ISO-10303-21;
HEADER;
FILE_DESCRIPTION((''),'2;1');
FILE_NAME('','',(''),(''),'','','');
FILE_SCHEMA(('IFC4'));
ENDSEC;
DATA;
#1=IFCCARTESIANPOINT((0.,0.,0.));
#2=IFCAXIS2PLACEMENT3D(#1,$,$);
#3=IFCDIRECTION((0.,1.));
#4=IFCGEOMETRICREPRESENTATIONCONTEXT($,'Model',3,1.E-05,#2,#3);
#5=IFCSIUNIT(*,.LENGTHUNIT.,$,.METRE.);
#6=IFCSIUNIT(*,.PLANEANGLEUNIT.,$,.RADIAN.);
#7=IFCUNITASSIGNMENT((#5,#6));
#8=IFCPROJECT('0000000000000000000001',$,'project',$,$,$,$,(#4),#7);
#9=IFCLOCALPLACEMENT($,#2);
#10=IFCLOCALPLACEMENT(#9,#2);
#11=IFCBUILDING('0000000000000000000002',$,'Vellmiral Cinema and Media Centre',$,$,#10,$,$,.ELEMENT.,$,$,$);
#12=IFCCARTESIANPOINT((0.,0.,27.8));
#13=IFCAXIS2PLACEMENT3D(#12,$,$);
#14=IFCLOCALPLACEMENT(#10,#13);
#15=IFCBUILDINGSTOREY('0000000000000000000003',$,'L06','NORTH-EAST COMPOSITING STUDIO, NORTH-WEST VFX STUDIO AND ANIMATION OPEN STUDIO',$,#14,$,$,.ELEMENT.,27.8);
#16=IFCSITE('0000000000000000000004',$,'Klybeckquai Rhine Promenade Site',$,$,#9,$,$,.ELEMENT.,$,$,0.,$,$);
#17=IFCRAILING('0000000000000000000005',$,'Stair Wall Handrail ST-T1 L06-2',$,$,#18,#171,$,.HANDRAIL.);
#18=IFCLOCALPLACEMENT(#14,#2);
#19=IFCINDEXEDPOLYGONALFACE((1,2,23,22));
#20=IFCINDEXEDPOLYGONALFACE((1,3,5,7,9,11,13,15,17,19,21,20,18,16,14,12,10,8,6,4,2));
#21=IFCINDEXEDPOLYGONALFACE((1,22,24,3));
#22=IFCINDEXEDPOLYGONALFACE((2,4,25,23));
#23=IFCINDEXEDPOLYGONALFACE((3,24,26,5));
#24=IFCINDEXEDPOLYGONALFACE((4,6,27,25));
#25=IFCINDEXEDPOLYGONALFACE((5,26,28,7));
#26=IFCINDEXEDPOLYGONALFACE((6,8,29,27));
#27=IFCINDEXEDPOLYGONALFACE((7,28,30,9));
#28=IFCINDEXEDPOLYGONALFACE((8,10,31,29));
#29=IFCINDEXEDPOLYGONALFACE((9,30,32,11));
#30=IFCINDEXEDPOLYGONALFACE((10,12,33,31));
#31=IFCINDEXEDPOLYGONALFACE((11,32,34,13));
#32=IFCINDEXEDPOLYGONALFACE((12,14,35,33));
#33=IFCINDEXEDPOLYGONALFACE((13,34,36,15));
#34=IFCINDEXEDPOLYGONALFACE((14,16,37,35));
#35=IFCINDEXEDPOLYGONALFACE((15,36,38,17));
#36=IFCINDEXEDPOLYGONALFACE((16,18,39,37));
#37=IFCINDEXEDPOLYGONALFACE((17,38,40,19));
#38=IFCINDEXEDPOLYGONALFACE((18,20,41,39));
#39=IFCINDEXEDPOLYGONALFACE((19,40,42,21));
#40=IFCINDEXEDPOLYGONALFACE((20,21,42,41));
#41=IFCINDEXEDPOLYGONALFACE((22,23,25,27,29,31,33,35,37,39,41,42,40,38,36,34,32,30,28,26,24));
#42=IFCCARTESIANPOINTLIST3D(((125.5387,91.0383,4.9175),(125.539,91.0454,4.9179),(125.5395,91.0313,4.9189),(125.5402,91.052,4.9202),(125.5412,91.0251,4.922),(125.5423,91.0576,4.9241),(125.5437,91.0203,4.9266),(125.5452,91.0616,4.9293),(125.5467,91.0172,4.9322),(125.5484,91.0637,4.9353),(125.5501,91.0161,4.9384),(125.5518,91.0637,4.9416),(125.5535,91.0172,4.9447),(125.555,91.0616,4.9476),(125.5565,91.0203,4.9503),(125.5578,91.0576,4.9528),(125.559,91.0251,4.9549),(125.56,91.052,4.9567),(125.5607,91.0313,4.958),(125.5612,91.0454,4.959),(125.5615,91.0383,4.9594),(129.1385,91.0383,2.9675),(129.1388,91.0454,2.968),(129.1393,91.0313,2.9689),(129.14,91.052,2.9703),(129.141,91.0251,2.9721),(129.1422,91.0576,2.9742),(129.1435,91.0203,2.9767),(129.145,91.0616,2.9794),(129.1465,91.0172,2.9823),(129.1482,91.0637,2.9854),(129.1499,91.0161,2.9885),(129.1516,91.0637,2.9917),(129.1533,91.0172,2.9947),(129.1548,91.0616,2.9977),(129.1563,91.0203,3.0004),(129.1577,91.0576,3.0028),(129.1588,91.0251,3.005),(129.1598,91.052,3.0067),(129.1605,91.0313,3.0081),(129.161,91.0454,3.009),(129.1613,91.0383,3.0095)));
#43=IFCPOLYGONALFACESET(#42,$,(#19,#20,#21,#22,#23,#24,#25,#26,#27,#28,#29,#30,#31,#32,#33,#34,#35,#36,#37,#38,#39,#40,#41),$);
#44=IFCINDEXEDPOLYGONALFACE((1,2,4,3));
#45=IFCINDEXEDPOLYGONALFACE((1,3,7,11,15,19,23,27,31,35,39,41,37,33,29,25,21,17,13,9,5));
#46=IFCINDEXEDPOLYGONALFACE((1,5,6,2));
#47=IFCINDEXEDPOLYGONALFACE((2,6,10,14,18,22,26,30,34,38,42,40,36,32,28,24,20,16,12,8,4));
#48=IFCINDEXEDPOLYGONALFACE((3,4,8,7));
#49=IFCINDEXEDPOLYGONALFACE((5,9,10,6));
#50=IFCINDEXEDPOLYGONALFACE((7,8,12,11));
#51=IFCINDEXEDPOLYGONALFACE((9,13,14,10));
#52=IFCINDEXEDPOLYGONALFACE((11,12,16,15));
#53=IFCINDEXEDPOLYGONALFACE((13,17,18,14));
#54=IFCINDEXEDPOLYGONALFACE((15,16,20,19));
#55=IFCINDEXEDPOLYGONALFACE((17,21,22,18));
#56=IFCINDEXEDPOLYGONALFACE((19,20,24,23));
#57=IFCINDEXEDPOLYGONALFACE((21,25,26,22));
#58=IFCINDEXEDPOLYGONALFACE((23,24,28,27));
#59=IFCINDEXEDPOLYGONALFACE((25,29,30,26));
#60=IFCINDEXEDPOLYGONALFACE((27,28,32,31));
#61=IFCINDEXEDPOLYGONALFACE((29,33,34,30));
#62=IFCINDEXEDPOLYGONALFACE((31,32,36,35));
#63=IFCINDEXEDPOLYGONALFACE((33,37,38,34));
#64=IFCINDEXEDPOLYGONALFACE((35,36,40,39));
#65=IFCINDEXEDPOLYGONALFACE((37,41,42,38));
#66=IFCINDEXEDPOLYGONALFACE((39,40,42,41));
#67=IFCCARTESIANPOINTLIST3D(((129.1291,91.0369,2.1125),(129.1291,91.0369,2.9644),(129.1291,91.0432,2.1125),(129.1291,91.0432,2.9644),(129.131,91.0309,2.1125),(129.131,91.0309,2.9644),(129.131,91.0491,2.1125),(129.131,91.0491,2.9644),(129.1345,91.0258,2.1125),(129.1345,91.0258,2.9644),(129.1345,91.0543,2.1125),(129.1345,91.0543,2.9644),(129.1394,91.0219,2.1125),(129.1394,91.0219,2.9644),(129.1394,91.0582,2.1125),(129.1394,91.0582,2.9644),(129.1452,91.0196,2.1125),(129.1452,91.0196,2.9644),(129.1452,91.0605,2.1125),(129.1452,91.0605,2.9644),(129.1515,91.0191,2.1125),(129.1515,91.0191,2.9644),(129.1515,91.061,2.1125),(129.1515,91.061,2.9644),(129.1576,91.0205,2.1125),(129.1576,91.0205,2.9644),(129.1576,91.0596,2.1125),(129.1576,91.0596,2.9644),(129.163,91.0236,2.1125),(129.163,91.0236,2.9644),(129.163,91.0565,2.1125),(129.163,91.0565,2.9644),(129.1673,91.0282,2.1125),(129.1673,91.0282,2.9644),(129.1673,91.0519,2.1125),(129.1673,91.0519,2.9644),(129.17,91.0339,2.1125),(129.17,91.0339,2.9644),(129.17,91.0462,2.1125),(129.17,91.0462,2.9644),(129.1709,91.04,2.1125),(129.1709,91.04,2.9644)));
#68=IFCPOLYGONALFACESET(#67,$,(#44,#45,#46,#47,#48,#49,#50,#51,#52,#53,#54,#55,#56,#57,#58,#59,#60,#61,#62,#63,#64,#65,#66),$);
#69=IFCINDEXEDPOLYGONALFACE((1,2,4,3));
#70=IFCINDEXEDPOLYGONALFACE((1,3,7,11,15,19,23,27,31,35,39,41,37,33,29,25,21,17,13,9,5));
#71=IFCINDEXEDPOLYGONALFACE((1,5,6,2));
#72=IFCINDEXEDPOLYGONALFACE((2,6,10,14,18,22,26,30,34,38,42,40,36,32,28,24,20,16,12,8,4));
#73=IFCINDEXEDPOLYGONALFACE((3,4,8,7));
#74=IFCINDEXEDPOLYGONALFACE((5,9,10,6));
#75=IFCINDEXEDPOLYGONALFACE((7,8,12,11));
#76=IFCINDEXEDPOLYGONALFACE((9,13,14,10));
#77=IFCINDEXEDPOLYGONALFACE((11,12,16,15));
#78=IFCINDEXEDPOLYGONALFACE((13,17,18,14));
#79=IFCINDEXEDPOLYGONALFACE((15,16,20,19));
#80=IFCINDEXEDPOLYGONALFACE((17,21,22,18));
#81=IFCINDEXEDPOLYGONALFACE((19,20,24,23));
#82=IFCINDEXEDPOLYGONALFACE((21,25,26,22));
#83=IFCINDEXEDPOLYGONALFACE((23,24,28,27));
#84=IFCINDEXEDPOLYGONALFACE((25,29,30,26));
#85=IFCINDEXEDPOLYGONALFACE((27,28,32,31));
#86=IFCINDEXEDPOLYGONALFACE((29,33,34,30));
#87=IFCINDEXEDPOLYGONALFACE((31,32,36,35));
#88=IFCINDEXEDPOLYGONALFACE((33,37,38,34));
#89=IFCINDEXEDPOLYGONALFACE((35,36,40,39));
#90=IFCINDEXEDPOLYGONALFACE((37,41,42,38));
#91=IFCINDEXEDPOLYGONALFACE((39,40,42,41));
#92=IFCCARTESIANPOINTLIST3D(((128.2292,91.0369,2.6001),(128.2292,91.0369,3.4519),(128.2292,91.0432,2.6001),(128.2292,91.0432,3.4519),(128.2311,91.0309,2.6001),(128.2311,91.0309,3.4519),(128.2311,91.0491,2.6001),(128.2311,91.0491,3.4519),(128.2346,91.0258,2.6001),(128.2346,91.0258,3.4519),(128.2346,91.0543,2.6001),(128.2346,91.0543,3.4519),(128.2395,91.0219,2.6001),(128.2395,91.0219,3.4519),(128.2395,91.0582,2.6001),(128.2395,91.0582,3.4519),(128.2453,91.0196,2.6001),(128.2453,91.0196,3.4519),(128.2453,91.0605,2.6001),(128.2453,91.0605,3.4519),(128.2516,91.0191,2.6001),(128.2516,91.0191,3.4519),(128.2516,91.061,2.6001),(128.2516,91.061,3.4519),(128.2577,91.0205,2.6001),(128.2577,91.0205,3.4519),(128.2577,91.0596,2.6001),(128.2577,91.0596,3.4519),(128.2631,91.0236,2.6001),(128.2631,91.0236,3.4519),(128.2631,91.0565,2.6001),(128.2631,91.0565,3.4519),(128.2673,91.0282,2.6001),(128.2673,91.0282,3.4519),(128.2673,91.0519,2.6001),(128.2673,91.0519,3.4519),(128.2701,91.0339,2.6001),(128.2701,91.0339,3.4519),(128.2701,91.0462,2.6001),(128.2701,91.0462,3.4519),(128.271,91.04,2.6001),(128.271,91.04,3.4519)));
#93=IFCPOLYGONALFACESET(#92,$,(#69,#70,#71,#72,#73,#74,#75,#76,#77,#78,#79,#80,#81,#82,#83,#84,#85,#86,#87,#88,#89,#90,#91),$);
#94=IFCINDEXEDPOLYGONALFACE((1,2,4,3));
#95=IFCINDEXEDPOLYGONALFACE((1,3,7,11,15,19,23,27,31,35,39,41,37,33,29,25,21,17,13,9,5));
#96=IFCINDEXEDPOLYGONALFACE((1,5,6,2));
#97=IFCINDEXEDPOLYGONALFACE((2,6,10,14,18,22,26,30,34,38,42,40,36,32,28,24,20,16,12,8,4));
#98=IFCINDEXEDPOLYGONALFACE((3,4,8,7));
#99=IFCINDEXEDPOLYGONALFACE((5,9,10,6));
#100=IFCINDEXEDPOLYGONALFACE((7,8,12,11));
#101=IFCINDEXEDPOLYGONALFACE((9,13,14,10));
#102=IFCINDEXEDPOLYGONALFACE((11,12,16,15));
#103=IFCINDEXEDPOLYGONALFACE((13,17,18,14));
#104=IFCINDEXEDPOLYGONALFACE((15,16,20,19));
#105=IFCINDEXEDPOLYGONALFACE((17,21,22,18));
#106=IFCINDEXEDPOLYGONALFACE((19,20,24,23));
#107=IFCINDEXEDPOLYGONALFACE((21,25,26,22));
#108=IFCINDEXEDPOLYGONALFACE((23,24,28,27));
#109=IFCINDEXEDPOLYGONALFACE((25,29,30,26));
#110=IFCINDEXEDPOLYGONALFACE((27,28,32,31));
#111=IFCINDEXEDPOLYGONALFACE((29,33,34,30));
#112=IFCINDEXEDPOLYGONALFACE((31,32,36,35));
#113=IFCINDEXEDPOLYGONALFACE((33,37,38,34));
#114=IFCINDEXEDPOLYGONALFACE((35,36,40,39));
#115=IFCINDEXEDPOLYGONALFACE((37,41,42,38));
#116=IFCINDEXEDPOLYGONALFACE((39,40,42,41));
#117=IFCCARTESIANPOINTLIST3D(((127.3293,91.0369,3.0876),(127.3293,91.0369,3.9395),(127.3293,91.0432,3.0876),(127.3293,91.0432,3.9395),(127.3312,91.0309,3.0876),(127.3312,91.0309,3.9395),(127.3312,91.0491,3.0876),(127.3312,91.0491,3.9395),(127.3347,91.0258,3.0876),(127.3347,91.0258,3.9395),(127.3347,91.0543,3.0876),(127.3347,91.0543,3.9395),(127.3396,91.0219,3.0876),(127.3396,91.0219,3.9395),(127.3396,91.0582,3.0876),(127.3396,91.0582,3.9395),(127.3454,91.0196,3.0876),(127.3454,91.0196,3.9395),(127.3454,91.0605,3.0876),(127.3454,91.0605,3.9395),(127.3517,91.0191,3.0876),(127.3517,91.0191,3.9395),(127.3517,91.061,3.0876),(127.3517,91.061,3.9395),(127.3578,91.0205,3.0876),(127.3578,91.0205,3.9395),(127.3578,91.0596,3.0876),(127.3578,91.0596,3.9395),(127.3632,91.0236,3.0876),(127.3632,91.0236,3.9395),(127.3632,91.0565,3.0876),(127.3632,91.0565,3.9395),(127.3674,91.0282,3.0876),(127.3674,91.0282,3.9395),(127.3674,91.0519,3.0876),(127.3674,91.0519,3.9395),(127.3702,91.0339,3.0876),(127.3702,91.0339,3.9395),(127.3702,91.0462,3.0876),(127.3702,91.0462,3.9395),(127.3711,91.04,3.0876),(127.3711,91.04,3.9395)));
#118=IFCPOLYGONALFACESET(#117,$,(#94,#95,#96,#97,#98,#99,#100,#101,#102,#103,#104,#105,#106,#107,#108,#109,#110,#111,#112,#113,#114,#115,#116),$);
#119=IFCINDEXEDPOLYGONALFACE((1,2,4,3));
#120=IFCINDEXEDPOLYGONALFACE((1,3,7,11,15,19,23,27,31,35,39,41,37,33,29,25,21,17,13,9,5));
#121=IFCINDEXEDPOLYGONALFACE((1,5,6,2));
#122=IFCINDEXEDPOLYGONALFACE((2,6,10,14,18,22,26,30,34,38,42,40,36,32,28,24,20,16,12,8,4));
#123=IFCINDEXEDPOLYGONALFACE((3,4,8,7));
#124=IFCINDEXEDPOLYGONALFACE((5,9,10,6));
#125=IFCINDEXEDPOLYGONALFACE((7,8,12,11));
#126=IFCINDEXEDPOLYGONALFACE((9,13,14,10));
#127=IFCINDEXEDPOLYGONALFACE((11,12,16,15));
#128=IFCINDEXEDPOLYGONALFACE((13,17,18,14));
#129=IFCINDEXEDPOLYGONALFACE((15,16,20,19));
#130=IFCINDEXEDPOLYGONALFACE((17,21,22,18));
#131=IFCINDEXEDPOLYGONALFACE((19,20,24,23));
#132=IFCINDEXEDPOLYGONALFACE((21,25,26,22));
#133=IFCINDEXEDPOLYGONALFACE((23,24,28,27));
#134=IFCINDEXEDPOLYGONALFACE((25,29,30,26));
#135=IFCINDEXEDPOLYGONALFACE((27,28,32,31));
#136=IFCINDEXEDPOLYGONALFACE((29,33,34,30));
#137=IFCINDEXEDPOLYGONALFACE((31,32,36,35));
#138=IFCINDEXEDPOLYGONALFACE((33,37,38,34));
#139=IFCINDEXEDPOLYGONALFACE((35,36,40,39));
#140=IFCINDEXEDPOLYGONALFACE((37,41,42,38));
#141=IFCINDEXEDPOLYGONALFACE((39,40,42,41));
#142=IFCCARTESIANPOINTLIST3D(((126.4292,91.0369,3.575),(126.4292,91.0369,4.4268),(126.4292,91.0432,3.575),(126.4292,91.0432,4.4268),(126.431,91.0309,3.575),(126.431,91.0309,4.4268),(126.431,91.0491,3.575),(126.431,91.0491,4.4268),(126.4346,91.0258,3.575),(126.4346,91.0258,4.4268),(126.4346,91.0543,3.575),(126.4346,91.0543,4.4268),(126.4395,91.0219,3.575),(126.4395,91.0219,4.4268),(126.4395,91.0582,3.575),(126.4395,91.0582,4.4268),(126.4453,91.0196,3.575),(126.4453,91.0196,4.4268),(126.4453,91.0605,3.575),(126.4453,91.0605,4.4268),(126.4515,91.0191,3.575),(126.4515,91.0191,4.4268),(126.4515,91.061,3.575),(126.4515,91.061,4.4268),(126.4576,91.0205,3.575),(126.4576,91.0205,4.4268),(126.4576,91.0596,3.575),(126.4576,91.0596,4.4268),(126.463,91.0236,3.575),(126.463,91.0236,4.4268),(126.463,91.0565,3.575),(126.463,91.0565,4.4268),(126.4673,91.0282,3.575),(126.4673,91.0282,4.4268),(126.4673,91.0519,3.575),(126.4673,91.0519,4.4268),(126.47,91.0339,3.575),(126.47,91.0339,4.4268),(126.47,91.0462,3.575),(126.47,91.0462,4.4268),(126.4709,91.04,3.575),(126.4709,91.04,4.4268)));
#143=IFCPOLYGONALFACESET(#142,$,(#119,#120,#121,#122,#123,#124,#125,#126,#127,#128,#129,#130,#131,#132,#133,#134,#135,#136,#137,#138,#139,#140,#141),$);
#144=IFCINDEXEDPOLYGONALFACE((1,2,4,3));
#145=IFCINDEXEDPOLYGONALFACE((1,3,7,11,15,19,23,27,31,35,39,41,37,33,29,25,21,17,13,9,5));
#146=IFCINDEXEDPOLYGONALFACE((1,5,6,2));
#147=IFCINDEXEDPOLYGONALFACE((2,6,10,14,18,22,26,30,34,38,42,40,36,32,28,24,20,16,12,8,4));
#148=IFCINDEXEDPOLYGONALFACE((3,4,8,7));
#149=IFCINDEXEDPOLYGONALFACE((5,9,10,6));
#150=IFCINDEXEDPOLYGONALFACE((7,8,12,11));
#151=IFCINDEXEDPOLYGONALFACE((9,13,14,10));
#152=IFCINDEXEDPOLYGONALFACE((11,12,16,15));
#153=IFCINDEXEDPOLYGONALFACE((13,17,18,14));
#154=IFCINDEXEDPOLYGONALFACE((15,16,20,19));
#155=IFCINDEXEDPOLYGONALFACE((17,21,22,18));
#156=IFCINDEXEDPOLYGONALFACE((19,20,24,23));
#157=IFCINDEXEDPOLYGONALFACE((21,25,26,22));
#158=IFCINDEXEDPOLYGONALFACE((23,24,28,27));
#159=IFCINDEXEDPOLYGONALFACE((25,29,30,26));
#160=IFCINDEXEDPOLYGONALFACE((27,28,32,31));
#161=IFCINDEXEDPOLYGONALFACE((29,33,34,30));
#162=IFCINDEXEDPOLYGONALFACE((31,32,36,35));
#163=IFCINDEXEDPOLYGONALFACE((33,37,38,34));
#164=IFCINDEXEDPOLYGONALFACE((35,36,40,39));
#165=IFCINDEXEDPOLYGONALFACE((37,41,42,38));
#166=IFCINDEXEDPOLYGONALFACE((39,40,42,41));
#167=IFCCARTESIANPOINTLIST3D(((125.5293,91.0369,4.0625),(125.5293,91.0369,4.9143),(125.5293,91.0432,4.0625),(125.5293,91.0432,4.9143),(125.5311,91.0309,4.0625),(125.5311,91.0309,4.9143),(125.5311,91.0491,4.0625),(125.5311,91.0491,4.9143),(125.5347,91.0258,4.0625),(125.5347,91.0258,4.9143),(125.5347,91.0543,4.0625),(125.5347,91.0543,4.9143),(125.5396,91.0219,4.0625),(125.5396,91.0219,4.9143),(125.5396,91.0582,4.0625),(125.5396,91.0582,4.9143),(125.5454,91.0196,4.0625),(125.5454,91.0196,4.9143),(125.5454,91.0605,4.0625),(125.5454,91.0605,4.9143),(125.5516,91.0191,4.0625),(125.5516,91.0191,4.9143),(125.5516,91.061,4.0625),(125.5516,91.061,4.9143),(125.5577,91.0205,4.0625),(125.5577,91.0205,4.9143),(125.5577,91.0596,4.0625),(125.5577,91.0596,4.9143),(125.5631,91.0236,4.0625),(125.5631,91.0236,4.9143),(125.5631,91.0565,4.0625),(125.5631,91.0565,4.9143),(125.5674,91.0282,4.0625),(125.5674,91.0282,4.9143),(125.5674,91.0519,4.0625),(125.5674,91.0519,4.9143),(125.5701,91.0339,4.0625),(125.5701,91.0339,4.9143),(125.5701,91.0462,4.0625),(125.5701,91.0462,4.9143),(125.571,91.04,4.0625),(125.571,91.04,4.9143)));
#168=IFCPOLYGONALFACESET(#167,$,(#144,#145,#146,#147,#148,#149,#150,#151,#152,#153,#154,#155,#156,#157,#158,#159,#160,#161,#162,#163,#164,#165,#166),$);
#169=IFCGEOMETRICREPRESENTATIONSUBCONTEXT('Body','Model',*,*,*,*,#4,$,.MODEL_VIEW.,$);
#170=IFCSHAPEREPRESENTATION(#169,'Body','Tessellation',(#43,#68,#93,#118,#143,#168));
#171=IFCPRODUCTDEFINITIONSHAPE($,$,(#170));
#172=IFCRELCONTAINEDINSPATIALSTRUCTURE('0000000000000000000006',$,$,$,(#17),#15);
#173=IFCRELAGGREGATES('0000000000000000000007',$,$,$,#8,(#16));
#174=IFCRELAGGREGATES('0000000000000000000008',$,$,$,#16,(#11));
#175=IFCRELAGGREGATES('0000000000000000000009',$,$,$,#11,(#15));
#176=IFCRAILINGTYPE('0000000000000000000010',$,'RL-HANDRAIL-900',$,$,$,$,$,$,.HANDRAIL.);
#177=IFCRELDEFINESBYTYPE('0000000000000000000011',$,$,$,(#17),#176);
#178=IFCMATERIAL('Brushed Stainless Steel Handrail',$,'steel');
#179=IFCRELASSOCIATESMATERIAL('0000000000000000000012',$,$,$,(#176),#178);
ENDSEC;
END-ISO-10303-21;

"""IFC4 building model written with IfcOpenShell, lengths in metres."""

from ifc_helpers import new_model, si_unit, direction, frame, origin, origin_2d, place, context, subcontext, project, spatial, circle, extrude, material, type_object, element, save


model = new_model("IFC4")

# Units and contexts
model_context = context("Model", 3, precision=1e-05, world=origin(), true_north=direction((0.0, 1.0)))
body_context = subcontext(model_context, "Body", "Model", "MODEL_VIEW")
ifc_project = project(units=[si_unit("LENGTHUNIT", "METRE"), si_unit("PLANEANGLEUNIT", "RADIAN")], contexts=[model_context])

# Site, building, storey
site_placement = place(None, origin())
site = spatial("IfcSite", under=ifc_project, at=site_placement, Name="Klybeckquai Rhine Promenade Site", CompositionType="ELEMENT", RefElevation=0.0)
building_placement = place(site_placement, origin())
building = spatial("IfcBuilding", under=site, at=building_placement, Name="Vellmiral Cinema and Media Centre", CompositionType="ELEMENT")
storey_placement = place(building_placement, frame((0.0, 0.0, 27.8)))
storey = spatial("IfcBuildingStorey", under=building, at=storey_placement, Name="L06", Description="NORTH-EAST COMPOSITING STUDIO, NORTH-WEST VFX STUDIO AND ANIMATION OPEN STUDIO", CompositionType="ELEMENT", Elevation=27.8)

# Railing
ifc_material_1 = material(Name="Brushed Stainless Steel Handrail", Category="steel")
railing_type_1 = type_object("IfcRailingType", Name="RL-HANDRAIL-900", PredefinedType="HANDRAIL", material=ifc_material_1)
railing_1_placement = place(storey_placement, frame((129.1499, 91.04, 2.1125)))
element("IfcRailing", 1, at=railing_1_placement, inside=storey, type_object=railing_type_1, Name="Stair Wall Handrail ST-T1 L06-2", PredefinedType="HANDRAIL", context=body_context, shape_type="SweptSolid", body=[
    extrude(circle(Radius=0.0239, at=origin_2d()), frame((0.0, 0.0, 0.876), z_axis=(-0.879289, 0.0, 0.476289), x_axis=(0.0, -1.0, 0.0)), (0.0, 0.0, 1.0), 4.094),
    extrude(circle(Radius=0.021, at=origin_2d()), origin(), (0.0, 0.0, 1.0), 0.8518),
    extrude(circle(Radius=0.021, at=origin_2d()), frame((-0.8999, 0.0, 0.4875)), (0.0, 0.0, 1.0), 0.8518),
    extrude(circle(Radius=0.021, at=origin_2d()), frame((-1.7998, 0.0, 0.9751)), (0.0, 0.0, 1.0), 0.8518),
    extrude(circle(Radius=0.021, at=origin_2d()), frame((-2.7, 0.0, 1.4624)), (0.0, 0.0, 1.0), 0.8518),
    extrude(circle(Radius=0.021, at=origin_2d()), frame((-3.5999, 0.0, 1.95)), (0.0, 0.0, 1.0), 0.8518),
])

save(model, "model.ifc")
